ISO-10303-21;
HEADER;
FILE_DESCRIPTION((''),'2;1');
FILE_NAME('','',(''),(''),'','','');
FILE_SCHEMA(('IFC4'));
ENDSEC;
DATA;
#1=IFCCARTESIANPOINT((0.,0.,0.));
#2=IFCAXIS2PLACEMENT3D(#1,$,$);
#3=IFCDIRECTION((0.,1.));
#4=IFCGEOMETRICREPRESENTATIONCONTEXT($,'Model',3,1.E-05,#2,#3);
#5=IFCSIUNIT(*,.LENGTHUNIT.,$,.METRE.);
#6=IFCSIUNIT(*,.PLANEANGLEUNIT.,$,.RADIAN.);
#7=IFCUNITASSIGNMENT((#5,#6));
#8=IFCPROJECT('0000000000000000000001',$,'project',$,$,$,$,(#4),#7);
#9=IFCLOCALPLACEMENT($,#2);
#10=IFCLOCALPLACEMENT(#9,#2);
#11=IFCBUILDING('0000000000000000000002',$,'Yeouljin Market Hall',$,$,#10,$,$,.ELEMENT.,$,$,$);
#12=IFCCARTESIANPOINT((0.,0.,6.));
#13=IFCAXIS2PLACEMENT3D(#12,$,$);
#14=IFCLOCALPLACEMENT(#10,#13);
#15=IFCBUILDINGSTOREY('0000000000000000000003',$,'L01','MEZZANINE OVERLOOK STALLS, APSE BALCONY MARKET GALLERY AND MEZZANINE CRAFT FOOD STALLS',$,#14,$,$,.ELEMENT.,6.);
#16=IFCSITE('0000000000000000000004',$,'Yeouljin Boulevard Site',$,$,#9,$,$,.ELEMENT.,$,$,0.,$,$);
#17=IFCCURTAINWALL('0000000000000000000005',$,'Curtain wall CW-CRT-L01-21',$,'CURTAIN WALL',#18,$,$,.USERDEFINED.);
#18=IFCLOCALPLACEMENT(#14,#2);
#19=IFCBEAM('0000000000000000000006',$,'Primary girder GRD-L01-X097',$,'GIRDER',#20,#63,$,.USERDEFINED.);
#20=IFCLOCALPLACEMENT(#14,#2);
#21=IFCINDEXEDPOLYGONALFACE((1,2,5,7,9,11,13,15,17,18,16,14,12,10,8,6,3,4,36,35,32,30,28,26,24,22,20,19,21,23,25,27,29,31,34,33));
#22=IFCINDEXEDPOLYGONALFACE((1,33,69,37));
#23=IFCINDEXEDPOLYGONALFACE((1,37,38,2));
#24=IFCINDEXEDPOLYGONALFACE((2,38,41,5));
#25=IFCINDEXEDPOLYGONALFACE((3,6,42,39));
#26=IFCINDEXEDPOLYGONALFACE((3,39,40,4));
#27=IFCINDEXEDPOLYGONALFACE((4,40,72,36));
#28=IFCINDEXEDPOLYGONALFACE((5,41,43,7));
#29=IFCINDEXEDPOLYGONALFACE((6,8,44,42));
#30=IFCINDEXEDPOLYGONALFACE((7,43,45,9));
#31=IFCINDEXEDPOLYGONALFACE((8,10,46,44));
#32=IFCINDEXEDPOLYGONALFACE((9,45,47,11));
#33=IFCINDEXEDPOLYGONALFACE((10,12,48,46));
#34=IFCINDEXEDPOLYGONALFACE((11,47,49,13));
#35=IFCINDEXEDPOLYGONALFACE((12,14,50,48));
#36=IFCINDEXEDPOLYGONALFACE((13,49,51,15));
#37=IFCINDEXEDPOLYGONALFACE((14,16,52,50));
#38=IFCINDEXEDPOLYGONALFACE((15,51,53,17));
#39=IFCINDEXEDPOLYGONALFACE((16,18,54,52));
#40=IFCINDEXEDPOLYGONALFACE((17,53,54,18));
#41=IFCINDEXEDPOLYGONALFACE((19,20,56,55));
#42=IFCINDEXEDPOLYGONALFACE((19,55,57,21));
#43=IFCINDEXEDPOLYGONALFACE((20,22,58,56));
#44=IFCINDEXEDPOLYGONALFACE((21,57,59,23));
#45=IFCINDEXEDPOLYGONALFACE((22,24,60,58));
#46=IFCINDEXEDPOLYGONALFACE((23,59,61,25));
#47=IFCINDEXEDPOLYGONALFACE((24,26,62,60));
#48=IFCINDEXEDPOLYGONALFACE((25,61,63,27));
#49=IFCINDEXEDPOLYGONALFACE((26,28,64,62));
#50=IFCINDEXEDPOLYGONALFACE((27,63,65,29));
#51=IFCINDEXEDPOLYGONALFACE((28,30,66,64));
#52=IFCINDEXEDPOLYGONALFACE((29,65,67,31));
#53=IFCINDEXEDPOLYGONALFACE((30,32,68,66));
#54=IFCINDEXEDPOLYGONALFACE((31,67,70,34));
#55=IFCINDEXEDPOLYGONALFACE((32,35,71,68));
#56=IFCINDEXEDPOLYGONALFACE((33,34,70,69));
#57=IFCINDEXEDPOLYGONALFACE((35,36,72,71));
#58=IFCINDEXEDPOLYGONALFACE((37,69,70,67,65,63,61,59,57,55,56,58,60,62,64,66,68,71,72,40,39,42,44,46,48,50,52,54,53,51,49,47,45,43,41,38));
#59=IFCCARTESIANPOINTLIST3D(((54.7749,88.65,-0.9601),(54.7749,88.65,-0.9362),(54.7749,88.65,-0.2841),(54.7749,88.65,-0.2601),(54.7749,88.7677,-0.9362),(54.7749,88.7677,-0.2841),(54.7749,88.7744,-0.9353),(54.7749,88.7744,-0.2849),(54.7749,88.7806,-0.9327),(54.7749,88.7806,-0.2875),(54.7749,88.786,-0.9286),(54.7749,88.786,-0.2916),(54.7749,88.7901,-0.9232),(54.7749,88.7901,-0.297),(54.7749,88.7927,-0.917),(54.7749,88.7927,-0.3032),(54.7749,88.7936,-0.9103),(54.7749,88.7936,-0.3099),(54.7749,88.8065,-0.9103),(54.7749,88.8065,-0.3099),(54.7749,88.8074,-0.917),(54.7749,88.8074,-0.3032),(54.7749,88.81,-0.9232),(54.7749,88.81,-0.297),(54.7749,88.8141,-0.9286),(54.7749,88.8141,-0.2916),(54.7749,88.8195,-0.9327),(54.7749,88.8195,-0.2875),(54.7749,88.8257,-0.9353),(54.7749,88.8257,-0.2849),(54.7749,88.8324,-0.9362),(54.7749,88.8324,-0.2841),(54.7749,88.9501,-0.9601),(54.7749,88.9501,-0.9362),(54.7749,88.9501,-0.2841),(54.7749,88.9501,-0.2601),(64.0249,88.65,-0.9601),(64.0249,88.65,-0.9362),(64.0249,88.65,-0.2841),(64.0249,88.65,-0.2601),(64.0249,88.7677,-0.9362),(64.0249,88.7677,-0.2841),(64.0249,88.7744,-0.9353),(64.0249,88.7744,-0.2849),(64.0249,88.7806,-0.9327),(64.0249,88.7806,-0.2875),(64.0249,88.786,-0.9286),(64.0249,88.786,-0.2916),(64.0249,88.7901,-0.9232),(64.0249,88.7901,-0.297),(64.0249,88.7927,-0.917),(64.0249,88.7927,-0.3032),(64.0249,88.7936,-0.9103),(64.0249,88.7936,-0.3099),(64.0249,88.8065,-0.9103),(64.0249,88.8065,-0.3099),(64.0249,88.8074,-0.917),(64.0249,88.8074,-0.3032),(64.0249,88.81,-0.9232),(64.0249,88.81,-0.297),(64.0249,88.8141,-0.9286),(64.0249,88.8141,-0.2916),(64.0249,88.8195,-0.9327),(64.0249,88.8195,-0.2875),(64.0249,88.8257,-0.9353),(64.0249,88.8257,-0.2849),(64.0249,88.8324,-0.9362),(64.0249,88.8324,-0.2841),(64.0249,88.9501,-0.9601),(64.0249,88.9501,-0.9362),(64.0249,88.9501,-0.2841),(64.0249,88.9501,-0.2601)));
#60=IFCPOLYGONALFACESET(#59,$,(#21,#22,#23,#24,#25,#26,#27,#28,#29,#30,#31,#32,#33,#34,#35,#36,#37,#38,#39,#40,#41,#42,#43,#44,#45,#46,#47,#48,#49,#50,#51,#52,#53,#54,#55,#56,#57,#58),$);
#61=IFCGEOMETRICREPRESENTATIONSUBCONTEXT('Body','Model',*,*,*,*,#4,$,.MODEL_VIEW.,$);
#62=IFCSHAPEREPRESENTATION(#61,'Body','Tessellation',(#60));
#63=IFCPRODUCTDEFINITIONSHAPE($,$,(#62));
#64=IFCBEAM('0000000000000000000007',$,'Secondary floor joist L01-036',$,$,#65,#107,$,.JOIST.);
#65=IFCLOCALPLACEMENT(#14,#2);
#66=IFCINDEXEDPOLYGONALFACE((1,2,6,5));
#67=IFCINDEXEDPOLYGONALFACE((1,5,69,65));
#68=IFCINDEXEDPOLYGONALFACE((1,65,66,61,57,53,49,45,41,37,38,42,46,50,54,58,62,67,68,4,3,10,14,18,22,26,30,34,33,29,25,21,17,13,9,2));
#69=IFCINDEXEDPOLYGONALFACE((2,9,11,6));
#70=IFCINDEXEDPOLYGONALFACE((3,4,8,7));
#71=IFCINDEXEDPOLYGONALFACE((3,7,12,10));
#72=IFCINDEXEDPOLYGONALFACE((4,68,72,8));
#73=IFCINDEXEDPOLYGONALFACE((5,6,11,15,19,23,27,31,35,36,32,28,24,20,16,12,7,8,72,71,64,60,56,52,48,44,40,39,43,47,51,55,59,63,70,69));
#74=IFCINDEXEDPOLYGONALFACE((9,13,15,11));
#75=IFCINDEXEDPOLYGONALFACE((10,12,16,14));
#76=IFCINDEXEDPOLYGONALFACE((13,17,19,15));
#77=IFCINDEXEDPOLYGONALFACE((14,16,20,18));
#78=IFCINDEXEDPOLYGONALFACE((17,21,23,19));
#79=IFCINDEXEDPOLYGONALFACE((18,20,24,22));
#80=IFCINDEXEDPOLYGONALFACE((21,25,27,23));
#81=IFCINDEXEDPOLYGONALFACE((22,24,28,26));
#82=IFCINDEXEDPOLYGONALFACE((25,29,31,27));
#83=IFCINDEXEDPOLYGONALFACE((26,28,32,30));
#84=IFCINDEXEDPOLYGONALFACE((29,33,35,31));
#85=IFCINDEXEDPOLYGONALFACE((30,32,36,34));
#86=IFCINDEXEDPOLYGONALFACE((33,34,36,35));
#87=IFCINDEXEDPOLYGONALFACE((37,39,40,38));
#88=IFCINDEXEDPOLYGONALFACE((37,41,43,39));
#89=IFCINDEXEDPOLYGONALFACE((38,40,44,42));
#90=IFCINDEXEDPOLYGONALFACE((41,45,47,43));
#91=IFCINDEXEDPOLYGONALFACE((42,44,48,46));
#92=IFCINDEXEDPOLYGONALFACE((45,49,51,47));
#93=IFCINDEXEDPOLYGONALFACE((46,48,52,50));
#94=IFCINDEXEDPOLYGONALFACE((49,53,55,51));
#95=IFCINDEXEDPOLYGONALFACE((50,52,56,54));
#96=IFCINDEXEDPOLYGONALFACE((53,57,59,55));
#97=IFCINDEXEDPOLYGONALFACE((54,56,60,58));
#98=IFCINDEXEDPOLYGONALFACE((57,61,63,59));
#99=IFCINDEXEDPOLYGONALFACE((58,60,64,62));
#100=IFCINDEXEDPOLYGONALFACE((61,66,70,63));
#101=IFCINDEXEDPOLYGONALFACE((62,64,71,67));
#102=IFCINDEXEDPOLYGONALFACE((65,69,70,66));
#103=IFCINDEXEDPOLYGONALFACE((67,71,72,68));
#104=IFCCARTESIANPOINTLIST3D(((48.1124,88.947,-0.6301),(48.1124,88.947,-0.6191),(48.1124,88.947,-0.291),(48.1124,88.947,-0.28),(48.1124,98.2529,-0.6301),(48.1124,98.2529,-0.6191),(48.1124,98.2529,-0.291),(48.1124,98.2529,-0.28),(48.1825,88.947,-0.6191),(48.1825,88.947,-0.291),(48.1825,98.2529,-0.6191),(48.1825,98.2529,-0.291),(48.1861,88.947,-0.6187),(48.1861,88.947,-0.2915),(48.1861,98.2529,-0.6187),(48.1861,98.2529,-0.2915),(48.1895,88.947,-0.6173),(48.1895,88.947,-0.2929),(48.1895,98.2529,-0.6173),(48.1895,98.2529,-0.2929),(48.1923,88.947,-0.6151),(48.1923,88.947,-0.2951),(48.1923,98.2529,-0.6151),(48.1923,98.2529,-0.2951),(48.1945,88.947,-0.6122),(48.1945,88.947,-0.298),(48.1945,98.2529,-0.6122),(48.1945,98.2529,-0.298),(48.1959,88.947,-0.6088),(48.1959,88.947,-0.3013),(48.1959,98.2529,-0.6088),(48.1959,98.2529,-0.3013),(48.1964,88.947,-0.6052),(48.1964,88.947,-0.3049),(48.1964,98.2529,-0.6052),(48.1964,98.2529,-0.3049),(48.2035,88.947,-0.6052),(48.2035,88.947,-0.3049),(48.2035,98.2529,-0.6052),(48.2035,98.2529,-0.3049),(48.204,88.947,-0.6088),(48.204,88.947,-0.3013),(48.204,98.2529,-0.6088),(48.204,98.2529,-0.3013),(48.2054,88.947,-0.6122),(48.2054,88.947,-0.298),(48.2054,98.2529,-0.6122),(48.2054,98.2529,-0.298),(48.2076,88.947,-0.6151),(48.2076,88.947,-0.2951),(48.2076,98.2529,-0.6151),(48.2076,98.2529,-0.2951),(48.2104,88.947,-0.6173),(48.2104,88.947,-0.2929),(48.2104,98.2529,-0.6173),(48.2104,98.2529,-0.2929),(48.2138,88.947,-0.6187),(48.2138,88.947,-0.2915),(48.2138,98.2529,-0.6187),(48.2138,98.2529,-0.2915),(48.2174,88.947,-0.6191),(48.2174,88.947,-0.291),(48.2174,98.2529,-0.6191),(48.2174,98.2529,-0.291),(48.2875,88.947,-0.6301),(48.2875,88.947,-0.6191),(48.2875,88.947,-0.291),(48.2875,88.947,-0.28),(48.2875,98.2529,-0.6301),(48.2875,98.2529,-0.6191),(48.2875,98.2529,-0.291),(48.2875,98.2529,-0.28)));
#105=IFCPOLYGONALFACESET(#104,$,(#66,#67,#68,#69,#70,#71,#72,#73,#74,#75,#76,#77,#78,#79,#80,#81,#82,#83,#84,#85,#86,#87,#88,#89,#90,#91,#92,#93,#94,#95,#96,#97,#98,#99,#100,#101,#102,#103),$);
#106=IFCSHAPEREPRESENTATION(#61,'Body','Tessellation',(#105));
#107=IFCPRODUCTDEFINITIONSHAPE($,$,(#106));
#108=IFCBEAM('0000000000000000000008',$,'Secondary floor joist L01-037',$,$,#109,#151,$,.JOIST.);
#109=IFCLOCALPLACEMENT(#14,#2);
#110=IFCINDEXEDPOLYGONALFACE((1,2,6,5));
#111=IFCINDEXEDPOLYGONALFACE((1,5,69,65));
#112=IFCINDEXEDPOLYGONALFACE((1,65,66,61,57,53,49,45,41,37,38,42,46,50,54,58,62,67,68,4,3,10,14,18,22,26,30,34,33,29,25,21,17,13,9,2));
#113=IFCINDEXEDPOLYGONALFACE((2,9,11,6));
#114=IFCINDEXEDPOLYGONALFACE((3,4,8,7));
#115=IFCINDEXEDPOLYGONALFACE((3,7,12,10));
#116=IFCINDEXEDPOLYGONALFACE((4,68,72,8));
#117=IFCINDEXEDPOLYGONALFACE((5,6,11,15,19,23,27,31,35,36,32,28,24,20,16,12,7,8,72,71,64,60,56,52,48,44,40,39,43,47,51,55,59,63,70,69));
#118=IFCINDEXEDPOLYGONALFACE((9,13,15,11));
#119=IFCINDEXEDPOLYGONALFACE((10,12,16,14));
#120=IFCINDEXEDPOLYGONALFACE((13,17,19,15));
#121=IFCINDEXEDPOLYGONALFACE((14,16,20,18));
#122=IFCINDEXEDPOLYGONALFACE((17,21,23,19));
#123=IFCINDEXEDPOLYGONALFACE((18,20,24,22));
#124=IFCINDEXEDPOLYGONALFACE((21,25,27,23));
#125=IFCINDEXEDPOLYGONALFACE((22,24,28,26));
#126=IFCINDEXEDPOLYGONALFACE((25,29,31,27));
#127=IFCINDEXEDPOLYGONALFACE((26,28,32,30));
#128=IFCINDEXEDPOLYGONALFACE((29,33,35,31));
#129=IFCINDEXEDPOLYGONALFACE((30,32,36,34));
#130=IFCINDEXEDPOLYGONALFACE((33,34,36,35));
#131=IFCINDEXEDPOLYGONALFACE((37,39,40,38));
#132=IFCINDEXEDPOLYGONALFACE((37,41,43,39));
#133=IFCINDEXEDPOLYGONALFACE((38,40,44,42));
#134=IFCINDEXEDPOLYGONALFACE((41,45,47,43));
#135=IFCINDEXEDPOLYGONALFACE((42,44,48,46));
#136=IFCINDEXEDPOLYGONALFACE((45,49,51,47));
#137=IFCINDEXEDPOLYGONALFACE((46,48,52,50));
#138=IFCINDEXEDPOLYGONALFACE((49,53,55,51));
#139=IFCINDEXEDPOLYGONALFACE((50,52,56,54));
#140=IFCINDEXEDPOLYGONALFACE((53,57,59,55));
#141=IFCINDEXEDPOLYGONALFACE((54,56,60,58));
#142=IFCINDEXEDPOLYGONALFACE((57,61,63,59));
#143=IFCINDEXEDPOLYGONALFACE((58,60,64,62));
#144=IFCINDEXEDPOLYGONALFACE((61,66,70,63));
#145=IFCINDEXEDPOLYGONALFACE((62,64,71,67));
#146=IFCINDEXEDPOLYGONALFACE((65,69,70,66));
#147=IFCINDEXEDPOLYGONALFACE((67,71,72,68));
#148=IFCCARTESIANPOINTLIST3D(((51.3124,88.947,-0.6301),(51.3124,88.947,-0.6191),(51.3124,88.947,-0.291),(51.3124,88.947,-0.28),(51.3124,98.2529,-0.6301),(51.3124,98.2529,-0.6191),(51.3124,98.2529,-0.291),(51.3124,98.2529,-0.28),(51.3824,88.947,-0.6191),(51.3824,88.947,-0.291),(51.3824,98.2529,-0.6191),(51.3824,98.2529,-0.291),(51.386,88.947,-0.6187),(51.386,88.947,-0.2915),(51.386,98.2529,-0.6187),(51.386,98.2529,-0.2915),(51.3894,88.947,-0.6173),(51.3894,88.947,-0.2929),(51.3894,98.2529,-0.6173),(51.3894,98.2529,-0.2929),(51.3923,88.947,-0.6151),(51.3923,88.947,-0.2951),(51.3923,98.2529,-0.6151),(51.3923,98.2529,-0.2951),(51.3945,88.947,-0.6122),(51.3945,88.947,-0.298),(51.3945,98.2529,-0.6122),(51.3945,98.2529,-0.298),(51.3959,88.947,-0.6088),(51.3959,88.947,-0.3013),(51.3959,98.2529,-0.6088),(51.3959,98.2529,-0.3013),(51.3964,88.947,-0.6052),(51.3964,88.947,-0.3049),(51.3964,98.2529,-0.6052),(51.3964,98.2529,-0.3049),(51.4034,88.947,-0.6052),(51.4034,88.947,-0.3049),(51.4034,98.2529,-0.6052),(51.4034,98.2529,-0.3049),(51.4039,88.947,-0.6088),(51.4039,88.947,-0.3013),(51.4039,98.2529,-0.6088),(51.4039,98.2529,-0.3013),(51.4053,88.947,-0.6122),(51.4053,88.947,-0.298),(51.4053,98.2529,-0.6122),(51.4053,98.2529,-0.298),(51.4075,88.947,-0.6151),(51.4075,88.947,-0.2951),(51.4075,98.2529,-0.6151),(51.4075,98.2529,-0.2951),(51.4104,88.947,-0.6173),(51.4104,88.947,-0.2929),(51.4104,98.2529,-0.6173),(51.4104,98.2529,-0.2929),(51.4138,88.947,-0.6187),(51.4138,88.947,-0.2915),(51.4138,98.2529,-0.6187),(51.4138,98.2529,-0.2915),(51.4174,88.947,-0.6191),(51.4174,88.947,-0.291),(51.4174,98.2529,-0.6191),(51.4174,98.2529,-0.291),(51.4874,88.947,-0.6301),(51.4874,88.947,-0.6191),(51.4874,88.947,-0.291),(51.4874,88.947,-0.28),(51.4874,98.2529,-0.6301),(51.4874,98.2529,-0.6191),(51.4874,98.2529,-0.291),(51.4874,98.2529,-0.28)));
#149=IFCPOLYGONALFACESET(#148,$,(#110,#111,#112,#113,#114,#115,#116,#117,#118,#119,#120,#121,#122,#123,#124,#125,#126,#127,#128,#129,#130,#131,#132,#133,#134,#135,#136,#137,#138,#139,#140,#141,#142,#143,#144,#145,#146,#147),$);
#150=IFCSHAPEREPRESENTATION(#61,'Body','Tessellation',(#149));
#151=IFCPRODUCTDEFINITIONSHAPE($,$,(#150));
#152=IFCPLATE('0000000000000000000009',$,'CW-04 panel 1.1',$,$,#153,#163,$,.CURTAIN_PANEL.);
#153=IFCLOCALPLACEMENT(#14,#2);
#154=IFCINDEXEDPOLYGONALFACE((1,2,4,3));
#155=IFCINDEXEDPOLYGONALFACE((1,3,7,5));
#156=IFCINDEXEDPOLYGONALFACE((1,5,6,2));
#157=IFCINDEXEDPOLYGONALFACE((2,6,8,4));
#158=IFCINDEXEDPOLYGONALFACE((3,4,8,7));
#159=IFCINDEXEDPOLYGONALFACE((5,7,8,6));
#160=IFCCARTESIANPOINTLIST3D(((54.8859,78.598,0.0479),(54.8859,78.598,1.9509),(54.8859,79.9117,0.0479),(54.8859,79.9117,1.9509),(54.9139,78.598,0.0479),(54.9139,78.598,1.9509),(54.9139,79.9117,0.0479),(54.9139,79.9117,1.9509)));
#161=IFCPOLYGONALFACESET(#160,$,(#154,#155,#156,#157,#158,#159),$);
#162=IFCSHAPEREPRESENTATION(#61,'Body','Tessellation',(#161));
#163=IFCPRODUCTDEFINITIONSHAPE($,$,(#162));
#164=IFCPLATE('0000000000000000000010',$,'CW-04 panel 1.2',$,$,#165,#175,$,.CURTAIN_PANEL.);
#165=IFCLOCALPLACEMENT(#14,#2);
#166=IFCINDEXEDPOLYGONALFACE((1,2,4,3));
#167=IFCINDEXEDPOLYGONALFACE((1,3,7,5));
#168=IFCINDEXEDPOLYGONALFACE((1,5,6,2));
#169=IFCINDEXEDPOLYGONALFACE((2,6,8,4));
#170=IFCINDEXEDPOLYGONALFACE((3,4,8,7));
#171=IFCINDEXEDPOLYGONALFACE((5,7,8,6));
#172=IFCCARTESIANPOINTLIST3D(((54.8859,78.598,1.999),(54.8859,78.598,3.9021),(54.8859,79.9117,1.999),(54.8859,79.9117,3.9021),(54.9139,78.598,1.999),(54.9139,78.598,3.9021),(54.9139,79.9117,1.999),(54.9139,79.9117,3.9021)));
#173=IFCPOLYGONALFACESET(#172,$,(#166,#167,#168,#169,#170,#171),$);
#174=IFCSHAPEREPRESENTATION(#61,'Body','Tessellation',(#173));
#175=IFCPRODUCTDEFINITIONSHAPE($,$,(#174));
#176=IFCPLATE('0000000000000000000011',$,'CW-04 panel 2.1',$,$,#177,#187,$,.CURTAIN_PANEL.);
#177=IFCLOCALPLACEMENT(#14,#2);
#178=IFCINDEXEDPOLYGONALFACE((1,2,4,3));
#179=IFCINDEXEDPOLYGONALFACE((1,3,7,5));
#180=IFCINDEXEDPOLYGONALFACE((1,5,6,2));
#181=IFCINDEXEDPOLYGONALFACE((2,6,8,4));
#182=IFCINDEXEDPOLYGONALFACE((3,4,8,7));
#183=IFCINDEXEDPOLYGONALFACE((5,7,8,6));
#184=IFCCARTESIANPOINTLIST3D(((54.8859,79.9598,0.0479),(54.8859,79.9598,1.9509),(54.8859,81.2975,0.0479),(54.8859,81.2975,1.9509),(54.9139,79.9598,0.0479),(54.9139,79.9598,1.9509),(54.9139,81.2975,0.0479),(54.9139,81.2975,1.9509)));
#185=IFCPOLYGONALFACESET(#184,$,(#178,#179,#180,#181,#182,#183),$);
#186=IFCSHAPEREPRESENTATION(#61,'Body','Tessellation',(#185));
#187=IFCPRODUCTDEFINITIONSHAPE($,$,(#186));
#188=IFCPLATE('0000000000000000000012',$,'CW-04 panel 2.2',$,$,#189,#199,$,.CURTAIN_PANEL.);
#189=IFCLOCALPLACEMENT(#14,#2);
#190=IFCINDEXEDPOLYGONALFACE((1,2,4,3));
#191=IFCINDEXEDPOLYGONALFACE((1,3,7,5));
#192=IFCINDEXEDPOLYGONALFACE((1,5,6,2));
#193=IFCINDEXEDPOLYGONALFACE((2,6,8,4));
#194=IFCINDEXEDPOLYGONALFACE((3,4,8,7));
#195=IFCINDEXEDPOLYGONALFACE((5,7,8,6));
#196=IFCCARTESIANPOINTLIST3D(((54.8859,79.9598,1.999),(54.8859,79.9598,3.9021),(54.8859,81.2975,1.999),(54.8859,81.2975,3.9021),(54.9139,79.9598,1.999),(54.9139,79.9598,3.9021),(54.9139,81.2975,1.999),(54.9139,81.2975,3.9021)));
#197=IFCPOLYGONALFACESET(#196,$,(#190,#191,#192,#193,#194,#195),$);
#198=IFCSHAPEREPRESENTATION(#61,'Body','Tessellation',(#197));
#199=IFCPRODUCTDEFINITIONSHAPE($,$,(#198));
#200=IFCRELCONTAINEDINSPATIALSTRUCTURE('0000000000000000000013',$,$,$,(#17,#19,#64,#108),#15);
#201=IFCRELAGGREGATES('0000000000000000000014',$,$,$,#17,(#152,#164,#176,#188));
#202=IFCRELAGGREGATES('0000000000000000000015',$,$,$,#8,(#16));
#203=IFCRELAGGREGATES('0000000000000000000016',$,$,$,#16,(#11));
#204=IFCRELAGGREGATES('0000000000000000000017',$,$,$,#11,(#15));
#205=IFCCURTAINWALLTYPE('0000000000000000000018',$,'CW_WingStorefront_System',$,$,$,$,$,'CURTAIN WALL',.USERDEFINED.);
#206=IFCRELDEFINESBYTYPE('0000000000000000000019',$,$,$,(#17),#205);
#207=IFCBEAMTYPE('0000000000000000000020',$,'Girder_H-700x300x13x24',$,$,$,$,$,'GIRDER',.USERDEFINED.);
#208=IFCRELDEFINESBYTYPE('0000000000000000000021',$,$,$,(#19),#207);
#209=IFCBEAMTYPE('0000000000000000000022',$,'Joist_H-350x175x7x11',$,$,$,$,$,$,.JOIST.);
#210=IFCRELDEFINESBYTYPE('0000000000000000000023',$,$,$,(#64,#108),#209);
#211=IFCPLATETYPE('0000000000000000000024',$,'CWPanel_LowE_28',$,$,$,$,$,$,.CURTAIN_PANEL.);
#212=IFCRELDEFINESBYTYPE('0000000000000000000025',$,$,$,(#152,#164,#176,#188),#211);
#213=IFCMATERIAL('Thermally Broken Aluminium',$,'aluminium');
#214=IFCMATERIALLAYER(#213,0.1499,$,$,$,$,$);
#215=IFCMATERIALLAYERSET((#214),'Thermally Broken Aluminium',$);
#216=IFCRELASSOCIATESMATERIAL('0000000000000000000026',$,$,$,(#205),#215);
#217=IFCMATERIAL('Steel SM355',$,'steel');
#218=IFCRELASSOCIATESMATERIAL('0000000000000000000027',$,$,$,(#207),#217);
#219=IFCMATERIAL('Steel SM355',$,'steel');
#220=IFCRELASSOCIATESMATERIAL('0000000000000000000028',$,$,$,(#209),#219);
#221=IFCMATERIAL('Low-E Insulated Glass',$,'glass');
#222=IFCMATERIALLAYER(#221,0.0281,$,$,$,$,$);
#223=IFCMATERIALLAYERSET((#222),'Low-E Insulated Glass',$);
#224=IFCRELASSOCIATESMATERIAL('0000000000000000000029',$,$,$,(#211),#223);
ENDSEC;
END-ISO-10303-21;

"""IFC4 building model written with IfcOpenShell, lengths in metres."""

from ifc_helpers import new_model, si_unit, direction, frame, origin, origin_2d, place, context, subcontext, project, spatial, rectangle, i_section, extrude, material, layer, layer_set, material_profile, profile_set, type_object, element, aggregate, save


model = new_model("IFC4")

# Units and contexts
model_context = context("Model", 3, precision=1e-05, world=origin(), true_north=direction((0.0, 1.0)))
body_context = subcontext(model_context, "Body", "Model", "MODEL_VIEW")
ifc_project = project(units=[si_unit("LENGTHUNIT", "METRE"), si_unit("PLANEANGLEUNIT", "RADIAN")], contexts=[model_context])

# Site, building, storey
site_placement = place(None, origin())
site = spatial("IfcSite", under=ifc_project, at=site_placement, Name="Yeouljin Boulevard Site", CompositionType="ELEMENT", RefElevation=0.0)
building_placement = place(site_placement, origin())
building = spatial("IfcBuilding", under=site, at=building_placement, Name="Yeouljin Market Hall", CompositionType="ELEMENT")
storey_placement = place(building_placement, frame((0.0, 0.0, 6.0)))
storey = spatial("IfcBuildingStorey", under=building, at=storey_placement, Name="L01", Description="MEZZANINE OVERLOOK STALLS, APSE BALCONY MARKET GALLERY AND MEZZANINE CRAFT FOOD STALLS", CompositionType="ELEMENT", Elevation=6.0)

# Curtain wall
ifc_material_1 = material(Name="Thermally Broken Aluminium", Category="aluminium")
ifc_layer_1 = layer(ifc_material_1, 0.1499)
ifc_layer_set_1 = layer_set([ifc_layer_1], Name="Thermally Broken Aluminium")
curtain_wall_type = type_object("IfcCurtainWallType", Name="CW_WingStorefront_System", ElementType="CURTAIN WALL", PredefinedType="USERDEFINED", material=ifc_layer_set_1)
curtain_wall_placement = place(storey_placement, origin())
curtain_wall = element("IfcCurtainWall", 1, at=curtain_wall_placement, inside=storey, type_object=curtain_wall_type, Name="Curtain wall CW-CRT-L01-21", ObjectType="CURTAIN WALL", PredefinedType="USERDEFINED")

# Beams
ifc_material_2 = material(Name="Steel SM355", Category="steel")
ifc_material_profile_1 = material_profile(ifc_material_2, i_section(OverallWidth=0.3, OverallDepth=0.7, WebThickness=0.0129, FlangeThickness=0.0239, FilletRadius=0.0259, at=origin_2d()), Name="H-700x300x13x24")
ifc_profile_set_1 = profile_set([ifc_material_profile_1], Name="Steel SM355")
beam_type_1 = type_object("IfcBeamType", Name="Girder_H-700x300x13x24", ElementType="GIRDER", PredefinedType="USERDEFINED", material=ifc_profile_set_1)
for number, where, z_axis, x_axis, name in (
    (2, (54.7749, 88.8, -0.6101), (1.0, 0.0, 0.0), (0.0, 1.0, 0.0), "Primary girder GRD-L01-X097"),
):
    element("IfcBeam", number, at=place(storey_placement, frame(where, z_axis=z_axis, x_axis=x_axis)), inside=storey, type_object=beam_type_1, Name=name, ObjectType="GIRDER", PredefinedType="USERDEFINED", context=body_context, shape_type="SweptSolid", body=[
        extrude(i_section(OverallWidth=0.3, OverallDepth=0.7, WebThickness=0.0129, FlangeThickness=0.0239, FilletRadius=0.0259, at=origin_2d()), origin(), (0.0, 0.0, 1.0), 9.25),
    ])
ifc_material_3 = material(Name="Steel SM355", Category="steel")
ifc_material_profile_2 = material_profile(ifc_material_3, i_section(OverallWidth=0.175, OverallDepth=0.3501, WebThickness=0.0071, FlangeThickness=0.011, FilletRadius=0.0139, at=origin_2d()), Name="H-350x175x7x11")
ifc_profile_set_2 = profile_set([ifc_material_profile_2], Name="Steel SM355")
beam_type_2 = type_object("IfcBeamType", Name="Joist_H-350x175x7x11", PredefinedType="JOIST", material=ifc_profile_set_2)
for number, where, z_axis, x_axis, name in (
    (3, (48.2, 88.947, -0.4551), (0.0, 1.0, 0.0), (-1.0, 0.0, 0.0), "Secondary floor joist L01-036"),
    (4, (51.3999, 88.947, -0.4551), (0.0, 1.0, 0.0), (-1.0, 0.0, 0.0), "Secondary floor joist L01-037"),
):
    element("IfcBeam", number, at=place(storey_placement, frame(where, z_axis=z_axis, x_axis=x_axis)), inside=storey, type_object=beam_type_2, Name=name, PredefinedType="JOIST", context=body_context, shape_type="SweptSolid", body=[
        extrude(i_section(OverallWidth=0.175, OverallDepth=0.3501, WebThickness=0.0071, FlangeThickness=0.011, FilletRadius=0.0139, at=origin_2d()), origin(), (0.0, 0.0, 1.0), 9.3059),
    ])

# Plates
ifc_material_4 = material(Name="Low-E Insulated Glass", Category="glass")
ifc_layer_2 = layer(ifc_material_4, 0.0281)
ifc_layer_set_2 = layer_set([ifc_layer_2], Name="Low-E Insulated Glass")
plate_type_1 = type_object("IfcPlateType", Name="CWPanel_LowE_28", PredefinedType="CURTAIN_PANEL", material=ifc_layer_set_2)
plate_1_placement = place(storey_placement, frame((54.8999, 79.2549, 0.0479), z_axis=(0.0, 0.0, 1.0), x_axis=(0.0, 1.0, 0.0)))
plate_1 = element("IfcPlate", 5, at=plate_1_placement, type_object=plate_type_1, Name="CW-04 panel 1.1", PredefinedType="CURTAIN_PANEL", context=body_context, shape_type="SweptSolid", body=[
    extrude(rectangle(XDim=1.3137, YDim=0.0281, at=origin_2d()), origin(), (0.0, 0.0, 1.0), 1.9031),
])
plate_2_placement = place(storey_placement, frame((54.8999, 79.2549, 1.999), z_axis=(0.0, 0.0, 1.0), x_axis=(0.0, 1.0, 0.0)))
plate_2 = element("IfcPlate", 6, at=plate_2_placement, type_object=plate_type_1, Name="CW-04 panel 1.2", PredefinedType="CURTAIN_PANEL", context=body_context, shape_type="SweptSolid", body=[
    extrude(rectangle(XDim=1.3137, YDim=0.0281, at=origin_2d()), origin(), (0.0, 0.0, 1.0), 1.9031),
])
plate_3_placement = place(storey_placement, frame((54.8999, 80.6287, 0.0479), z_axis=(0.0, 0.0, 1.0), x_axis=(0.0, 1.0, 0.0)))
plate_3 = element("IfcPlate", 7, at=plate_3_placement, type_object=plate_type_1, Name="CW-04 panel 2.1", PredefinedType="CURTAIN_PANEL", context=body_context, shape_type="SweptSolid", body=[
    extrude(rectangle(XDim=1.3376, YDim=0.0281, at=origin_2d()), origin(), (0.0, 0.0, 1.0), 1.9031),
])
plate_4_placement = place(storey_placement, frame((54.8999, 80.6287, 1.999), z_axis=(0.0, 0.0, 1.0), x_axis=(0.0, 1.0, 0.0)))
plate_4 = element("IfcPlate", 8, at=plate_4_placement, type_object=plate_type_1, Name="CW-04 panel 2.2", PredefinedType="CURTAIN_PANEL", context=body_context, shape_type="SweptSolid", body=[
    extrude(rectangle(XDim=1.3376, YDim=0.0281, at=origin_2d()), origin(), (0.0, 0.0, 1.0), 1.9031),
])
aggregate(curtain_wall, [plate_1, plate_2, plate_3, plate_4])

save(model, "model.ifc")
